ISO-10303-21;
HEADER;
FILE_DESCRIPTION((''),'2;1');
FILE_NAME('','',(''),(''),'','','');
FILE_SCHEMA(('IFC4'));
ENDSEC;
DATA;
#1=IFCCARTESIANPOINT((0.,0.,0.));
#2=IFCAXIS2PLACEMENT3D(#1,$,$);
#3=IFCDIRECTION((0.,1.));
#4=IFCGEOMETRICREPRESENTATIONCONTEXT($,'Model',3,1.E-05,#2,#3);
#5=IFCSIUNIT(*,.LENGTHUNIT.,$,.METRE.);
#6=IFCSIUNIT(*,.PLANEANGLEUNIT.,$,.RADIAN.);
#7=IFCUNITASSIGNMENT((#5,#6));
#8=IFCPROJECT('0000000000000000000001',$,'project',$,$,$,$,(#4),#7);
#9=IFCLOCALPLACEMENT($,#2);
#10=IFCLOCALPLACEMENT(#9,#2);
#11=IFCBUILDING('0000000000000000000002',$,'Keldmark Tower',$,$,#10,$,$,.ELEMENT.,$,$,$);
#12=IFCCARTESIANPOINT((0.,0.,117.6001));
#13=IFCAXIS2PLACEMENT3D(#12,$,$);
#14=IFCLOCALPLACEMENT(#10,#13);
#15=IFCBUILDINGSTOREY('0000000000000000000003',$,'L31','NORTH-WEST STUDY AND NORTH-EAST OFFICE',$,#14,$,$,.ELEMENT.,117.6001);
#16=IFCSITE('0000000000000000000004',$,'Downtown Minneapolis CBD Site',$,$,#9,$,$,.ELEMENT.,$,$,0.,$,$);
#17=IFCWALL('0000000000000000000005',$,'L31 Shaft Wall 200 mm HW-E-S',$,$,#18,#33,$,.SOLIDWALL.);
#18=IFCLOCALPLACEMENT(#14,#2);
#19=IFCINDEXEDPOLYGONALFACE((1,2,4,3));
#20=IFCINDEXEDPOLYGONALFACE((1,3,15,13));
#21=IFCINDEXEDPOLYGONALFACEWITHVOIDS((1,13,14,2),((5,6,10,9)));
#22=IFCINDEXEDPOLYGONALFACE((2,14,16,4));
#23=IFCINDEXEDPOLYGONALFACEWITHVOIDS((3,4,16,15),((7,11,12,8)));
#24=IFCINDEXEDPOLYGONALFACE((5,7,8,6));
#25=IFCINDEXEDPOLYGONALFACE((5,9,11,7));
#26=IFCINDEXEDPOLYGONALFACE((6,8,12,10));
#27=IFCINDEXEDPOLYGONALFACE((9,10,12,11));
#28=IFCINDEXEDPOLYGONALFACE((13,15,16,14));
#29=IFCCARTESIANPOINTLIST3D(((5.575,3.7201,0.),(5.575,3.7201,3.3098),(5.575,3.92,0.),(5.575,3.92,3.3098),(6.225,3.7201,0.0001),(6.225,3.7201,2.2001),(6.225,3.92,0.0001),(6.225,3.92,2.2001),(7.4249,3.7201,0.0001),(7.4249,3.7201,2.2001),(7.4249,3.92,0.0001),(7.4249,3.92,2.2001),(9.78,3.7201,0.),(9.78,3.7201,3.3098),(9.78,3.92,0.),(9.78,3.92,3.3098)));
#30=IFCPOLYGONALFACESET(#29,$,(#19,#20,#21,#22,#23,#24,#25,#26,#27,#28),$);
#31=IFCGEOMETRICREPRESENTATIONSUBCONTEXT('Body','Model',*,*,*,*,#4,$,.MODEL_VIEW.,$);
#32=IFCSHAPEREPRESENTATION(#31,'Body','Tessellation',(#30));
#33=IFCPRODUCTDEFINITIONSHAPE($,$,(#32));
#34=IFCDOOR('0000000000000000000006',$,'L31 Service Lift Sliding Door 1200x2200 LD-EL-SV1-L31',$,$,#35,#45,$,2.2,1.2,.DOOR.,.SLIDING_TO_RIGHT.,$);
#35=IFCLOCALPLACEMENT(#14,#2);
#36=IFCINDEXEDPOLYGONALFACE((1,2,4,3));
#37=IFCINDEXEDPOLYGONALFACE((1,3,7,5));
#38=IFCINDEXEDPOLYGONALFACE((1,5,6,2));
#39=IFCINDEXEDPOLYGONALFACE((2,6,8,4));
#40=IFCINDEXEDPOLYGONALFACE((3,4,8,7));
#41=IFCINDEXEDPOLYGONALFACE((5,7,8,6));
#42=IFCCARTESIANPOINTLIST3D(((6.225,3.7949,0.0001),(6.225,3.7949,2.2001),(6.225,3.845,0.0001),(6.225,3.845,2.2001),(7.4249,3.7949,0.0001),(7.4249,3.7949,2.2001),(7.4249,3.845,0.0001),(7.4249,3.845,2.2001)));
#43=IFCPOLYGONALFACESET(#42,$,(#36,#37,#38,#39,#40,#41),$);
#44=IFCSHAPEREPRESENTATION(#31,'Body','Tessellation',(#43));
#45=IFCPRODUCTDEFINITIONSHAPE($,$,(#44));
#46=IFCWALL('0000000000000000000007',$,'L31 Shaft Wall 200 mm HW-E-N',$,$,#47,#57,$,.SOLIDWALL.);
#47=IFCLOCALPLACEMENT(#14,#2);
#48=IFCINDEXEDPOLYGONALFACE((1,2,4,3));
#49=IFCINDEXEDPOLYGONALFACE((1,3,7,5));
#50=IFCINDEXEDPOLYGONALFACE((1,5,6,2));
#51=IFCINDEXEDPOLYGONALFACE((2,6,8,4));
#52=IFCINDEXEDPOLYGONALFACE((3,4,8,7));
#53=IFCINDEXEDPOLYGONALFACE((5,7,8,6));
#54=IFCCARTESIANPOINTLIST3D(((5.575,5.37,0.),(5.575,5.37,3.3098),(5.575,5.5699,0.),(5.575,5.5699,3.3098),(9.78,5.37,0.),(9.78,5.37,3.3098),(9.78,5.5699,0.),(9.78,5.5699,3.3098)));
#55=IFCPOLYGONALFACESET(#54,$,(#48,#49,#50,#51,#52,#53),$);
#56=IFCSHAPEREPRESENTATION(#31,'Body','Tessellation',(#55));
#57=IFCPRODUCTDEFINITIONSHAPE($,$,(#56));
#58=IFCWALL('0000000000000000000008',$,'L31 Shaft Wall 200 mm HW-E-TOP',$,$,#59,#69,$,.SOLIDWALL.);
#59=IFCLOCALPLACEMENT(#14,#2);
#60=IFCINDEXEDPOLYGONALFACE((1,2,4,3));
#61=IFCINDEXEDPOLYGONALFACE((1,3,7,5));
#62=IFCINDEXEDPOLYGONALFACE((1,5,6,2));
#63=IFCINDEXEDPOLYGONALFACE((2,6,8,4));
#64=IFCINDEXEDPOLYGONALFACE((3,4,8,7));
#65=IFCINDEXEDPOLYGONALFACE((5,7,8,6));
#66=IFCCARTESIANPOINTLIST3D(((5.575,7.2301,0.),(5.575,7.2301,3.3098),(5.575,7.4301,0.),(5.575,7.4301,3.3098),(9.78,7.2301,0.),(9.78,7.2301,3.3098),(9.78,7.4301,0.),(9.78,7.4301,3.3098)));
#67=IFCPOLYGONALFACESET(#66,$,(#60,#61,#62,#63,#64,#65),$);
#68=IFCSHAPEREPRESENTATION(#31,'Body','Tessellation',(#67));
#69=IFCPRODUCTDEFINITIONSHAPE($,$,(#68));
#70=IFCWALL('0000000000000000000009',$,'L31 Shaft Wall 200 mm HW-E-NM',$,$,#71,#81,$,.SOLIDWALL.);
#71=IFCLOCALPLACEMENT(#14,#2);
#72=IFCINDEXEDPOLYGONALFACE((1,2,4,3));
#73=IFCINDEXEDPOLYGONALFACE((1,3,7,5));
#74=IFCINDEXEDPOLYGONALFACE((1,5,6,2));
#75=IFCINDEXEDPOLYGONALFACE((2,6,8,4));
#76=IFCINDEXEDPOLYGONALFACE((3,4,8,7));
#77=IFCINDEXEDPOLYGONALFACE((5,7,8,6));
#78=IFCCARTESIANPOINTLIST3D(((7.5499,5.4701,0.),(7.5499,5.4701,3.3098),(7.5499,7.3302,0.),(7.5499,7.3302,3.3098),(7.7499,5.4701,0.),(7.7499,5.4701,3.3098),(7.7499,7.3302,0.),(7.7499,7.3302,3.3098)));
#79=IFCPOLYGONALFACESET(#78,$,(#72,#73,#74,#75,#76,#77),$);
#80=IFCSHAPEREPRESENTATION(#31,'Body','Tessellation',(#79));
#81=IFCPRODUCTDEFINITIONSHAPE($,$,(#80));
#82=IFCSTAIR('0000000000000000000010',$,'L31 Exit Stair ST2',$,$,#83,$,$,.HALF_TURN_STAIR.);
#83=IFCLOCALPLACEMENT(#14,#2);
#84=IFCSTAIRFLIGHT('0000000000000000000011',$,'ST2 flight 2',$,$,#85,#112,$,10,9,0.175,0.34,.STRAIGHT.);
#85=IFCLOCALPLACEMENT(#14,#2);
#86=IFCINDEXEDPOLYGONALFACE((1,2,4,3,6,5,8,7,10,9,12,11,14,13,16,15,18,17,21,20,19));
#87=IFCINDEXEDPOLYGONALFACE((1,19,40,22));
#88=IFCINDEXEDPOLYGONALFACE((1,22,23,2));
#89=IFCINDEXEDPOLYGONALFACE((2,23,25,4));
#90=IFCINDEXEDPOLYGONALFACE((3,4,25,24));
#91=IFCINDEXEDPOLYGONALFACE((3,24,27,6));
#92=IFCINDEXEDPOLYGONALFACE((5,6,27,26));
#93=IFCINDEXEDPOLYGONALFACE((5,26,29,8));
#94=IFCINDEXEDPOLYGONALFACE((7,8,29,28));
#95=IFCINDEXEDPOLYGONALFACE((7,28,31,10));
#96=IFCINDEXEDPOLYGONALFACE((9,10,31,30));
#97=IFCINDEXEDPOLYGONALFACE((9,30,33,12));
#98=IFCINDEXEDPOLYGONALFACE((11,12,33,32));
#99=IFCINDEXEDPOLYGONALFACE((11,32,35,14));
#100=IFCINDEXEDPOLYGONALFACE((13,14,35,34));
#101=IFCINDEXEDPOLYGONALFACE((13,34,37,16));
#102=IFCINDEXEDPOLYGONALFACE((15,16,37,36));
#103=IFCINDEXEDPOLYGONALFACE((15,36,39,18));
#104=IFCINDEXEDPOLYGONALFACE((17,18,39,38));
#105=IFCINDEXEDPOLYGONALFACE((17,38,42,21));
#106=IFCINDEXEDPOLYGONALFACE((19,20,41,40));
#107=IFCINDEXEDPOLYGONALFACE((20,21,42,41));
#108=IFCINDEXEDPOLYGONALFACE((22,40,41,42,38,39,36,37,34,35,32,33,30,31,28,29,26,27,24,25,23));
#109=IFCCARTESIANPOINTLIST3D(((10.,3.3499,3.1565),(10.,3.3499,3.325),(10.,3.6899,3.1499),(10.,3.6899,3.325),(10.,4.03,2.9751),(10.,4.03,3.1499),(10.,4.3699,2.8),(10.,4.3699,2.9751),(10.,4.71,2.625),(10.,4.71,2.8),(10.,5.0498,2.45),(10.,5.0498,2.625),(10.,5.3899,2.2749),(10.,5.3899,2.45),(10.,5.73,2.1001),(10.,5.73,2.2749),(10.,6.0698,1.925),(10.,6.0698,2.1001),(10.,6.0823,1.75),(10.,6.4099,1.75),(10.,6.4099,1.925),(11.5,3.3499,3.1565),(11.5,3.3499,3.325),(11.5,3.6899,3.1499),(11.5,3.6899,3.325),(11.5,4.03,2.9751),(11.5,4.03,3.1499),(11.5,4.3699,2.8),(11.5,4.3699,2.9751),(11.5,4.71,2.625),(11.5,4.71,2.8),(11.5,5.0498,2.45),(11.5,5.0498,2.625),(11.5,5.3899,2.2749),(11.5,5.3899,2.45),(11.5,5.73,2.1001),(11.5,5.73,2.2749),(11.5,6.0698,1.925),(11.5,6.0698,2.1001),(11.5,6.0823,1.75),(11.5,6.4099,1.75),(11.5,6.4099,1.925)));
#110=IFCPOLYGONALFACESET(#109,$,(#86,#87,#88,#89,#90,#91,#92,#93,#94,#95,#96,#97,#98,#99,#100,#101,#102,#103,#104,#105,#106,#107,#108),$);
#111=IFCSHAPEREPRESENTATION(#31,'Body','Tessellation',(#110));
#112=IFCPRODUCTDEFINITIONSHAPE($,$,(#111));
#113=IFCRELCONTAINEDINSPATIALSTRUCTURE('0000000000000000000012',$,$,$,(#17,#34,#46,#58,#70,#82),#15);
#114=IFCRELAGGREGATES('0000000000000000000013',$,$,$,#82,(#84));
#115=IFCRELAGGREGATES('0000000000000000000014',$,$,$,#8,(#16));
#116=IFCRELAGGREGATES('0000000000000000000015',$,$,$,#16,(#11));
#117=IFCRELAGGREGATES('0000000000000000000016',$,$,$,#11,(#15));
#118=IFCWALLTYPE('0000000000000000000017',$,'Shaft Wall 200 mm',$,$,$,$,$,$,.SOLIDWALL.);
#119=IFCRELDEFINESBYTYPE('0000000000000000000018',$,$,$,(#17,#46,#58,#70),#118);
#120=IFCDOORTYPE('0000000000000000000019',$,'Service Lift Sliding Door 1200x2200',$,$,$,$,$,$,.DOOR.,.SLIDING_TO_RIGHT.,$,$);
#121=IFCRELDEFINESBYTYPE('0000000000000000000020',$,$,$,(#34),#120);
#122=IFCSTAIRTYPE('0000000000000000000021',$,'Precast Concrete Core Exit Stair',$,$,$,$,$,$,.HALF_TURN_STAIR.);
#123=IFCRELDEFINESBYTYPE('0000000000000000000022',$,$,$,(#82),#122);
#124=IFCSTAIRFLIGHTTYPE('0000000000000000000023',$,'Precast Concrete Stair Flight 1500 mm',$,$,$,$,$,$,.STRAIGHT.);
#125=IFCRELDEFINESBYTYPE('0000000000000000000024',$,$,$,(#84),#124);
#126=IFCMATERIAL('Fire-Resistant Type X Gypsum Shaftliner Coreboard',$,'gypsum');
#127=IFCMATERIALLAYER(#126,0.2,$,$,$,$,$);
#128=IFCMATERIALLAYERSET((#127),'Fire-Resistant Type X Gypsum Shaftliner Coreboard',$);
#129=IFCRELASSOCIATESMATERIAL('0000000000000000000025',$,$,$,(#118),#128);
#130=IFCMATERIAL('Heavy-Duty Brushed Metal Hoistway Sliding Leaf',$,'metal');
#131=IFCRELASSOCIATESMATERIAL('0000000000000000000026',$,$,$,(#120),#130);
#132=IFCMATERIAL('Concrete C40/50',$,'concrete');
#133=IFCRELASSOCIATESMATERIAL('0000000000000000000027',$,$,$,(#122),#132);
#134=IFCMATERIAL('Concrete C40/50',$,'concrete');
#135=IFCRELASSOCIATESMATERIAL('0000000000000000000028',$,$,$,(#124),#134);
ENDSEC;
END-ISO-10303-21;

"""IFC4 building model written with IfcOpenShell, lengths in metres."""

from ifc_helpers import new_model, si_unit, direction, frame, frame_2d, origin, place, context, subcontext, project, spatial, polyline, rectangle, outline, extrude, material, layer, layer_set, type_object, element, fill, aggregate, save


model = new_model("IFC4")

# Units and contexts
model_context = context("Model", 3, precision=1e-05, world=origin(), true_north=direction((0.0, 1.0)))
body_context = subcontext(model_context, "Body", "Model", "MODEL_VIEW")
ifc_project = project(units=[si_unit("LENGTHUNIT", "METRE"), si_unit("PLANEANGLEUNIT", "RADIAN")], contexts=[model_context])

# Site, building, storey
site_placement = place(None, origin())
site = spatial("IfcSite", under=ifc_project, at=site_placement, Name="Downtown Minneapolis CBD Site", CompositionType="ELEMENT", RefElevation=0.0)
building_placement = place(site_placement, origin())
building = spatial("IfcBuilding", under=site, at=building_placement, Name="Keldmark Tower", CompositionType="ELEMENT")
storey_placement = place(building_placement, frame((0.0, 0.0, 117.6001)))
storey = spatial("IfcBuildingStorey", under=building, at=storey_placement, Name="L31", Description="NORTH-WEST STUDY AND NORTH-EAST OFFICE", CompositionType="ELEMENT", Elevation=117.6001)

# Wall, opening, door
ifc_material_1 = material(Name="Fire-Resistant Type X Gypsum Shaftliner Coreboard", Category="gypsum")
ifc_layer_1 = layer(ifc_material_1, 0.2)
ifc_layer_set_1 = layer_set([ifc_layer_1], Name="Fire-Resistant Type X Gypsum Shaftliner Coreboard")
wall_type_1 = type_object("IfcWallType", Name="Shaft Wall 200 mm", PredefinedType="SOLIDWALL", material=ifc_layer_set_1)
wall_1_placement = place(storey_placement, frame((5.575, 3.8201, 0.0), z_axis=(0.0, 0.0, 1.0), x_axis=(1.0, 0.0, 0.0)))
wall_1 = element("IfcWall", 1, at=wall_1_placement, inside=storey, type_object=wall_type_1, Name="L31 Shaft Wall 200 mm HW-E-S", PredefinedType="SOLIDWALL", context=body_context, shape_type="SweptSolid", body=[
    extrude(rectangle(XDim=4.2051, YDim=0.2, at=frame_2d((2.1025, 0.0))), origin(), (0.0, 0.0, 1.0), 3.3098),
])
opening_1_placement = place(wall_1_placement, frame((0.6499, 0.0, 0.0)))
opening_1 = element("IfcOpeningElement", 2, at=opening_1_placement, cuts=wall_1, PredefinedType="OPENING", context=body_context, shape_type="SweptSolid", body=[
    extrude(rectangle(XDim=1.2, YDim=2.2, at=frame_2d((0.6001, 1.1001))), frame((0.0, 0.1099, 0.0), z_axis=(0.0, -1.0, 0.0), x_axis=(1.0, 0.0, 0.0)), (0.0, 0.0, 1.0), 0.22),
])
ifc_material_2 = material(Name="Heavy-Duty Brushed Metal Hoistway Sliding Leaf", Category="metal")
door_type_1 = type_object("IfcDoorType", Name="Service Lift Sliding Door 1200x2200", OperationType="SLIDING_TO_RIGHT", PredefinedType="DOOR", material=ifc_material_2)
door_1_placement = place(opening_1_placement, origin())
door_1 = element("IfcDoor", 3, at=door_1_placement, inside=storey, type_object=door_type_1, Name="L31 Service Lift Sliding Door 1200x2200 LD-EL-SV1-L31", OperationType="SLIDING_TO_RIGHT", OverallHeight=2.2, OverallWidth=1.2, PredefinedType="DOOR", context=body_context, shape_type="SweptSolid", body=[
    extrude(rectangle(XDim=1.2, YDim=2.2, at=frame_2d((0.6001, 1.1001))), frame((0.0, 0.0249, 0.0), z_axis=(0.0, -1.0, 0.0), x_axis=(1.0, 0.0, 0.0)), (0.0, 0.0, 1.0), 0.05),
])
fill(opening_1, door_1)

# Walls
for number, where, z_axis, x_axis, name in (
    (4, (5.575, 5.47, 0.0), (0.0, 0.0, 1.0), (1.0, 0.0, 0.0), "L31 Shaft Wall 200 mm HW-E-N"),
    (5, (5.575, 7.3301, 0.0), (0.0, 0.0, 1.0), (1.0, 0.0, 0.0), "L31 Shaft Wall 200 mm HW-E-TOP"),
):
    element("IfcWall", number, at=place(storey_placement, frame(where, z_axis=z_axis, x_axis=x_axis)), inside=storey, type_object=wall_type_1, Name=name, PredefinedType="SOLIDWALL", context=body_context, shape_type="SweptSolid", body=[
        extrude(rectangle(XDim=4.2051, YDim=0.2, at=frame_2d((2.1025, 0.0))), origin(), (0.0, 0.0, 1.0), 3.3098),
    ])
wall_2_placement = place(storey_placement, frame((7.6499, 5.47, 0.0), z_axis=(0.0, 0.0, 1.0), x_axis=(0.0, 1.0, 0.0)))
element("IfcWall", 6, at=wall_2_placement, inside=storey, type_object=wall_type_1, Name="L31 Shaft Wall 200 mm HW-E-NM", PredefinedType="SOLIDWALL", context=body_context, shape_type="SweptSolid", body=[
    extrude(rectangle(XDim=1.8601, YDim=0.2, at=frame_2d((0.9302, 0.0))), origin(), (0.0, 0.0, 1.0), 3.3098),
])

# Stair, stair flight
ifc_material_3 = material(Name="Concrete C40/50", Category="concrete")
stair_type = type_object("IfcStairType", Name="Precast Concrete Core Exit Stair", PredefinedType="HALF_TURN_STAIR", material=ifc_material_3)
stair_placement = place(storey_placement, origin())
stair = element("IfcStair", 7, at=stair_placement, inside=storey, type_object=stair_type, Name="L31 Exit Stair ST2", PredefinedType="HALF_TURN_STAIR")
ifc_material_4 = material(Name="Concrete C40/50", Category="concrete")
stair_flight_type = type_object("IfcStairFlightType", Name="Precast Concrete Stair Flight 1500 mm", PredefinedType="STRAIGHT", material=ifc_material_4)
stair_flight_placement = place(storey_placement, frame((10.75, 6.4099, 1.75), z_axis=(0.0, 0.0, 1.0), x_axis=(0.0, -1.0, 0.0)))
stair_flight = element("IfcStairFlight", 8, at=stair_flight_placement, type_object=stair_flight_type, Name="ST2 flight 2", NumberOfRisers=10, NumberOfTreads=9, PredefinedType="STRAIGHT", RiserHeight=0.175, TreadLength=0.34, context=body_context, shape_type="SweptSolid", body=[
    extrude(outline(polyline([(0.0, 0.0), (0.0, 0.175), (0.3401, 0.175), (0.3401, 0.3501), (0.6799, 0.3501), (0.6799, 0.5249), (1.02, 0.5249), (1.02, 0.7), (1.3601, 0.7), (1.3601, 0.875), (1.7, 0.875), (1.7, 1.05), (2.04, 1.05), (2.04, 1.2251), (2.3799, 1.2251), (2.3799, 1.3999), (2.72, 1.3999), (2.72, 1.575), (3.0601, 1.575), (3.0601, 1.75), (3.0601, 1.4065), (0.3276, 0.0), (0.0, 0.0)])), frame((0.0, 0.75, 0.0), z_axis=(0.0, -1.0, 0.0), x_axis=(1.0, 0.0, 0.0)), (0.0, 0.0, 1.0), 1.5),
])
aggregate(stair, [stair_flight])

save(model, "model.ifc")
